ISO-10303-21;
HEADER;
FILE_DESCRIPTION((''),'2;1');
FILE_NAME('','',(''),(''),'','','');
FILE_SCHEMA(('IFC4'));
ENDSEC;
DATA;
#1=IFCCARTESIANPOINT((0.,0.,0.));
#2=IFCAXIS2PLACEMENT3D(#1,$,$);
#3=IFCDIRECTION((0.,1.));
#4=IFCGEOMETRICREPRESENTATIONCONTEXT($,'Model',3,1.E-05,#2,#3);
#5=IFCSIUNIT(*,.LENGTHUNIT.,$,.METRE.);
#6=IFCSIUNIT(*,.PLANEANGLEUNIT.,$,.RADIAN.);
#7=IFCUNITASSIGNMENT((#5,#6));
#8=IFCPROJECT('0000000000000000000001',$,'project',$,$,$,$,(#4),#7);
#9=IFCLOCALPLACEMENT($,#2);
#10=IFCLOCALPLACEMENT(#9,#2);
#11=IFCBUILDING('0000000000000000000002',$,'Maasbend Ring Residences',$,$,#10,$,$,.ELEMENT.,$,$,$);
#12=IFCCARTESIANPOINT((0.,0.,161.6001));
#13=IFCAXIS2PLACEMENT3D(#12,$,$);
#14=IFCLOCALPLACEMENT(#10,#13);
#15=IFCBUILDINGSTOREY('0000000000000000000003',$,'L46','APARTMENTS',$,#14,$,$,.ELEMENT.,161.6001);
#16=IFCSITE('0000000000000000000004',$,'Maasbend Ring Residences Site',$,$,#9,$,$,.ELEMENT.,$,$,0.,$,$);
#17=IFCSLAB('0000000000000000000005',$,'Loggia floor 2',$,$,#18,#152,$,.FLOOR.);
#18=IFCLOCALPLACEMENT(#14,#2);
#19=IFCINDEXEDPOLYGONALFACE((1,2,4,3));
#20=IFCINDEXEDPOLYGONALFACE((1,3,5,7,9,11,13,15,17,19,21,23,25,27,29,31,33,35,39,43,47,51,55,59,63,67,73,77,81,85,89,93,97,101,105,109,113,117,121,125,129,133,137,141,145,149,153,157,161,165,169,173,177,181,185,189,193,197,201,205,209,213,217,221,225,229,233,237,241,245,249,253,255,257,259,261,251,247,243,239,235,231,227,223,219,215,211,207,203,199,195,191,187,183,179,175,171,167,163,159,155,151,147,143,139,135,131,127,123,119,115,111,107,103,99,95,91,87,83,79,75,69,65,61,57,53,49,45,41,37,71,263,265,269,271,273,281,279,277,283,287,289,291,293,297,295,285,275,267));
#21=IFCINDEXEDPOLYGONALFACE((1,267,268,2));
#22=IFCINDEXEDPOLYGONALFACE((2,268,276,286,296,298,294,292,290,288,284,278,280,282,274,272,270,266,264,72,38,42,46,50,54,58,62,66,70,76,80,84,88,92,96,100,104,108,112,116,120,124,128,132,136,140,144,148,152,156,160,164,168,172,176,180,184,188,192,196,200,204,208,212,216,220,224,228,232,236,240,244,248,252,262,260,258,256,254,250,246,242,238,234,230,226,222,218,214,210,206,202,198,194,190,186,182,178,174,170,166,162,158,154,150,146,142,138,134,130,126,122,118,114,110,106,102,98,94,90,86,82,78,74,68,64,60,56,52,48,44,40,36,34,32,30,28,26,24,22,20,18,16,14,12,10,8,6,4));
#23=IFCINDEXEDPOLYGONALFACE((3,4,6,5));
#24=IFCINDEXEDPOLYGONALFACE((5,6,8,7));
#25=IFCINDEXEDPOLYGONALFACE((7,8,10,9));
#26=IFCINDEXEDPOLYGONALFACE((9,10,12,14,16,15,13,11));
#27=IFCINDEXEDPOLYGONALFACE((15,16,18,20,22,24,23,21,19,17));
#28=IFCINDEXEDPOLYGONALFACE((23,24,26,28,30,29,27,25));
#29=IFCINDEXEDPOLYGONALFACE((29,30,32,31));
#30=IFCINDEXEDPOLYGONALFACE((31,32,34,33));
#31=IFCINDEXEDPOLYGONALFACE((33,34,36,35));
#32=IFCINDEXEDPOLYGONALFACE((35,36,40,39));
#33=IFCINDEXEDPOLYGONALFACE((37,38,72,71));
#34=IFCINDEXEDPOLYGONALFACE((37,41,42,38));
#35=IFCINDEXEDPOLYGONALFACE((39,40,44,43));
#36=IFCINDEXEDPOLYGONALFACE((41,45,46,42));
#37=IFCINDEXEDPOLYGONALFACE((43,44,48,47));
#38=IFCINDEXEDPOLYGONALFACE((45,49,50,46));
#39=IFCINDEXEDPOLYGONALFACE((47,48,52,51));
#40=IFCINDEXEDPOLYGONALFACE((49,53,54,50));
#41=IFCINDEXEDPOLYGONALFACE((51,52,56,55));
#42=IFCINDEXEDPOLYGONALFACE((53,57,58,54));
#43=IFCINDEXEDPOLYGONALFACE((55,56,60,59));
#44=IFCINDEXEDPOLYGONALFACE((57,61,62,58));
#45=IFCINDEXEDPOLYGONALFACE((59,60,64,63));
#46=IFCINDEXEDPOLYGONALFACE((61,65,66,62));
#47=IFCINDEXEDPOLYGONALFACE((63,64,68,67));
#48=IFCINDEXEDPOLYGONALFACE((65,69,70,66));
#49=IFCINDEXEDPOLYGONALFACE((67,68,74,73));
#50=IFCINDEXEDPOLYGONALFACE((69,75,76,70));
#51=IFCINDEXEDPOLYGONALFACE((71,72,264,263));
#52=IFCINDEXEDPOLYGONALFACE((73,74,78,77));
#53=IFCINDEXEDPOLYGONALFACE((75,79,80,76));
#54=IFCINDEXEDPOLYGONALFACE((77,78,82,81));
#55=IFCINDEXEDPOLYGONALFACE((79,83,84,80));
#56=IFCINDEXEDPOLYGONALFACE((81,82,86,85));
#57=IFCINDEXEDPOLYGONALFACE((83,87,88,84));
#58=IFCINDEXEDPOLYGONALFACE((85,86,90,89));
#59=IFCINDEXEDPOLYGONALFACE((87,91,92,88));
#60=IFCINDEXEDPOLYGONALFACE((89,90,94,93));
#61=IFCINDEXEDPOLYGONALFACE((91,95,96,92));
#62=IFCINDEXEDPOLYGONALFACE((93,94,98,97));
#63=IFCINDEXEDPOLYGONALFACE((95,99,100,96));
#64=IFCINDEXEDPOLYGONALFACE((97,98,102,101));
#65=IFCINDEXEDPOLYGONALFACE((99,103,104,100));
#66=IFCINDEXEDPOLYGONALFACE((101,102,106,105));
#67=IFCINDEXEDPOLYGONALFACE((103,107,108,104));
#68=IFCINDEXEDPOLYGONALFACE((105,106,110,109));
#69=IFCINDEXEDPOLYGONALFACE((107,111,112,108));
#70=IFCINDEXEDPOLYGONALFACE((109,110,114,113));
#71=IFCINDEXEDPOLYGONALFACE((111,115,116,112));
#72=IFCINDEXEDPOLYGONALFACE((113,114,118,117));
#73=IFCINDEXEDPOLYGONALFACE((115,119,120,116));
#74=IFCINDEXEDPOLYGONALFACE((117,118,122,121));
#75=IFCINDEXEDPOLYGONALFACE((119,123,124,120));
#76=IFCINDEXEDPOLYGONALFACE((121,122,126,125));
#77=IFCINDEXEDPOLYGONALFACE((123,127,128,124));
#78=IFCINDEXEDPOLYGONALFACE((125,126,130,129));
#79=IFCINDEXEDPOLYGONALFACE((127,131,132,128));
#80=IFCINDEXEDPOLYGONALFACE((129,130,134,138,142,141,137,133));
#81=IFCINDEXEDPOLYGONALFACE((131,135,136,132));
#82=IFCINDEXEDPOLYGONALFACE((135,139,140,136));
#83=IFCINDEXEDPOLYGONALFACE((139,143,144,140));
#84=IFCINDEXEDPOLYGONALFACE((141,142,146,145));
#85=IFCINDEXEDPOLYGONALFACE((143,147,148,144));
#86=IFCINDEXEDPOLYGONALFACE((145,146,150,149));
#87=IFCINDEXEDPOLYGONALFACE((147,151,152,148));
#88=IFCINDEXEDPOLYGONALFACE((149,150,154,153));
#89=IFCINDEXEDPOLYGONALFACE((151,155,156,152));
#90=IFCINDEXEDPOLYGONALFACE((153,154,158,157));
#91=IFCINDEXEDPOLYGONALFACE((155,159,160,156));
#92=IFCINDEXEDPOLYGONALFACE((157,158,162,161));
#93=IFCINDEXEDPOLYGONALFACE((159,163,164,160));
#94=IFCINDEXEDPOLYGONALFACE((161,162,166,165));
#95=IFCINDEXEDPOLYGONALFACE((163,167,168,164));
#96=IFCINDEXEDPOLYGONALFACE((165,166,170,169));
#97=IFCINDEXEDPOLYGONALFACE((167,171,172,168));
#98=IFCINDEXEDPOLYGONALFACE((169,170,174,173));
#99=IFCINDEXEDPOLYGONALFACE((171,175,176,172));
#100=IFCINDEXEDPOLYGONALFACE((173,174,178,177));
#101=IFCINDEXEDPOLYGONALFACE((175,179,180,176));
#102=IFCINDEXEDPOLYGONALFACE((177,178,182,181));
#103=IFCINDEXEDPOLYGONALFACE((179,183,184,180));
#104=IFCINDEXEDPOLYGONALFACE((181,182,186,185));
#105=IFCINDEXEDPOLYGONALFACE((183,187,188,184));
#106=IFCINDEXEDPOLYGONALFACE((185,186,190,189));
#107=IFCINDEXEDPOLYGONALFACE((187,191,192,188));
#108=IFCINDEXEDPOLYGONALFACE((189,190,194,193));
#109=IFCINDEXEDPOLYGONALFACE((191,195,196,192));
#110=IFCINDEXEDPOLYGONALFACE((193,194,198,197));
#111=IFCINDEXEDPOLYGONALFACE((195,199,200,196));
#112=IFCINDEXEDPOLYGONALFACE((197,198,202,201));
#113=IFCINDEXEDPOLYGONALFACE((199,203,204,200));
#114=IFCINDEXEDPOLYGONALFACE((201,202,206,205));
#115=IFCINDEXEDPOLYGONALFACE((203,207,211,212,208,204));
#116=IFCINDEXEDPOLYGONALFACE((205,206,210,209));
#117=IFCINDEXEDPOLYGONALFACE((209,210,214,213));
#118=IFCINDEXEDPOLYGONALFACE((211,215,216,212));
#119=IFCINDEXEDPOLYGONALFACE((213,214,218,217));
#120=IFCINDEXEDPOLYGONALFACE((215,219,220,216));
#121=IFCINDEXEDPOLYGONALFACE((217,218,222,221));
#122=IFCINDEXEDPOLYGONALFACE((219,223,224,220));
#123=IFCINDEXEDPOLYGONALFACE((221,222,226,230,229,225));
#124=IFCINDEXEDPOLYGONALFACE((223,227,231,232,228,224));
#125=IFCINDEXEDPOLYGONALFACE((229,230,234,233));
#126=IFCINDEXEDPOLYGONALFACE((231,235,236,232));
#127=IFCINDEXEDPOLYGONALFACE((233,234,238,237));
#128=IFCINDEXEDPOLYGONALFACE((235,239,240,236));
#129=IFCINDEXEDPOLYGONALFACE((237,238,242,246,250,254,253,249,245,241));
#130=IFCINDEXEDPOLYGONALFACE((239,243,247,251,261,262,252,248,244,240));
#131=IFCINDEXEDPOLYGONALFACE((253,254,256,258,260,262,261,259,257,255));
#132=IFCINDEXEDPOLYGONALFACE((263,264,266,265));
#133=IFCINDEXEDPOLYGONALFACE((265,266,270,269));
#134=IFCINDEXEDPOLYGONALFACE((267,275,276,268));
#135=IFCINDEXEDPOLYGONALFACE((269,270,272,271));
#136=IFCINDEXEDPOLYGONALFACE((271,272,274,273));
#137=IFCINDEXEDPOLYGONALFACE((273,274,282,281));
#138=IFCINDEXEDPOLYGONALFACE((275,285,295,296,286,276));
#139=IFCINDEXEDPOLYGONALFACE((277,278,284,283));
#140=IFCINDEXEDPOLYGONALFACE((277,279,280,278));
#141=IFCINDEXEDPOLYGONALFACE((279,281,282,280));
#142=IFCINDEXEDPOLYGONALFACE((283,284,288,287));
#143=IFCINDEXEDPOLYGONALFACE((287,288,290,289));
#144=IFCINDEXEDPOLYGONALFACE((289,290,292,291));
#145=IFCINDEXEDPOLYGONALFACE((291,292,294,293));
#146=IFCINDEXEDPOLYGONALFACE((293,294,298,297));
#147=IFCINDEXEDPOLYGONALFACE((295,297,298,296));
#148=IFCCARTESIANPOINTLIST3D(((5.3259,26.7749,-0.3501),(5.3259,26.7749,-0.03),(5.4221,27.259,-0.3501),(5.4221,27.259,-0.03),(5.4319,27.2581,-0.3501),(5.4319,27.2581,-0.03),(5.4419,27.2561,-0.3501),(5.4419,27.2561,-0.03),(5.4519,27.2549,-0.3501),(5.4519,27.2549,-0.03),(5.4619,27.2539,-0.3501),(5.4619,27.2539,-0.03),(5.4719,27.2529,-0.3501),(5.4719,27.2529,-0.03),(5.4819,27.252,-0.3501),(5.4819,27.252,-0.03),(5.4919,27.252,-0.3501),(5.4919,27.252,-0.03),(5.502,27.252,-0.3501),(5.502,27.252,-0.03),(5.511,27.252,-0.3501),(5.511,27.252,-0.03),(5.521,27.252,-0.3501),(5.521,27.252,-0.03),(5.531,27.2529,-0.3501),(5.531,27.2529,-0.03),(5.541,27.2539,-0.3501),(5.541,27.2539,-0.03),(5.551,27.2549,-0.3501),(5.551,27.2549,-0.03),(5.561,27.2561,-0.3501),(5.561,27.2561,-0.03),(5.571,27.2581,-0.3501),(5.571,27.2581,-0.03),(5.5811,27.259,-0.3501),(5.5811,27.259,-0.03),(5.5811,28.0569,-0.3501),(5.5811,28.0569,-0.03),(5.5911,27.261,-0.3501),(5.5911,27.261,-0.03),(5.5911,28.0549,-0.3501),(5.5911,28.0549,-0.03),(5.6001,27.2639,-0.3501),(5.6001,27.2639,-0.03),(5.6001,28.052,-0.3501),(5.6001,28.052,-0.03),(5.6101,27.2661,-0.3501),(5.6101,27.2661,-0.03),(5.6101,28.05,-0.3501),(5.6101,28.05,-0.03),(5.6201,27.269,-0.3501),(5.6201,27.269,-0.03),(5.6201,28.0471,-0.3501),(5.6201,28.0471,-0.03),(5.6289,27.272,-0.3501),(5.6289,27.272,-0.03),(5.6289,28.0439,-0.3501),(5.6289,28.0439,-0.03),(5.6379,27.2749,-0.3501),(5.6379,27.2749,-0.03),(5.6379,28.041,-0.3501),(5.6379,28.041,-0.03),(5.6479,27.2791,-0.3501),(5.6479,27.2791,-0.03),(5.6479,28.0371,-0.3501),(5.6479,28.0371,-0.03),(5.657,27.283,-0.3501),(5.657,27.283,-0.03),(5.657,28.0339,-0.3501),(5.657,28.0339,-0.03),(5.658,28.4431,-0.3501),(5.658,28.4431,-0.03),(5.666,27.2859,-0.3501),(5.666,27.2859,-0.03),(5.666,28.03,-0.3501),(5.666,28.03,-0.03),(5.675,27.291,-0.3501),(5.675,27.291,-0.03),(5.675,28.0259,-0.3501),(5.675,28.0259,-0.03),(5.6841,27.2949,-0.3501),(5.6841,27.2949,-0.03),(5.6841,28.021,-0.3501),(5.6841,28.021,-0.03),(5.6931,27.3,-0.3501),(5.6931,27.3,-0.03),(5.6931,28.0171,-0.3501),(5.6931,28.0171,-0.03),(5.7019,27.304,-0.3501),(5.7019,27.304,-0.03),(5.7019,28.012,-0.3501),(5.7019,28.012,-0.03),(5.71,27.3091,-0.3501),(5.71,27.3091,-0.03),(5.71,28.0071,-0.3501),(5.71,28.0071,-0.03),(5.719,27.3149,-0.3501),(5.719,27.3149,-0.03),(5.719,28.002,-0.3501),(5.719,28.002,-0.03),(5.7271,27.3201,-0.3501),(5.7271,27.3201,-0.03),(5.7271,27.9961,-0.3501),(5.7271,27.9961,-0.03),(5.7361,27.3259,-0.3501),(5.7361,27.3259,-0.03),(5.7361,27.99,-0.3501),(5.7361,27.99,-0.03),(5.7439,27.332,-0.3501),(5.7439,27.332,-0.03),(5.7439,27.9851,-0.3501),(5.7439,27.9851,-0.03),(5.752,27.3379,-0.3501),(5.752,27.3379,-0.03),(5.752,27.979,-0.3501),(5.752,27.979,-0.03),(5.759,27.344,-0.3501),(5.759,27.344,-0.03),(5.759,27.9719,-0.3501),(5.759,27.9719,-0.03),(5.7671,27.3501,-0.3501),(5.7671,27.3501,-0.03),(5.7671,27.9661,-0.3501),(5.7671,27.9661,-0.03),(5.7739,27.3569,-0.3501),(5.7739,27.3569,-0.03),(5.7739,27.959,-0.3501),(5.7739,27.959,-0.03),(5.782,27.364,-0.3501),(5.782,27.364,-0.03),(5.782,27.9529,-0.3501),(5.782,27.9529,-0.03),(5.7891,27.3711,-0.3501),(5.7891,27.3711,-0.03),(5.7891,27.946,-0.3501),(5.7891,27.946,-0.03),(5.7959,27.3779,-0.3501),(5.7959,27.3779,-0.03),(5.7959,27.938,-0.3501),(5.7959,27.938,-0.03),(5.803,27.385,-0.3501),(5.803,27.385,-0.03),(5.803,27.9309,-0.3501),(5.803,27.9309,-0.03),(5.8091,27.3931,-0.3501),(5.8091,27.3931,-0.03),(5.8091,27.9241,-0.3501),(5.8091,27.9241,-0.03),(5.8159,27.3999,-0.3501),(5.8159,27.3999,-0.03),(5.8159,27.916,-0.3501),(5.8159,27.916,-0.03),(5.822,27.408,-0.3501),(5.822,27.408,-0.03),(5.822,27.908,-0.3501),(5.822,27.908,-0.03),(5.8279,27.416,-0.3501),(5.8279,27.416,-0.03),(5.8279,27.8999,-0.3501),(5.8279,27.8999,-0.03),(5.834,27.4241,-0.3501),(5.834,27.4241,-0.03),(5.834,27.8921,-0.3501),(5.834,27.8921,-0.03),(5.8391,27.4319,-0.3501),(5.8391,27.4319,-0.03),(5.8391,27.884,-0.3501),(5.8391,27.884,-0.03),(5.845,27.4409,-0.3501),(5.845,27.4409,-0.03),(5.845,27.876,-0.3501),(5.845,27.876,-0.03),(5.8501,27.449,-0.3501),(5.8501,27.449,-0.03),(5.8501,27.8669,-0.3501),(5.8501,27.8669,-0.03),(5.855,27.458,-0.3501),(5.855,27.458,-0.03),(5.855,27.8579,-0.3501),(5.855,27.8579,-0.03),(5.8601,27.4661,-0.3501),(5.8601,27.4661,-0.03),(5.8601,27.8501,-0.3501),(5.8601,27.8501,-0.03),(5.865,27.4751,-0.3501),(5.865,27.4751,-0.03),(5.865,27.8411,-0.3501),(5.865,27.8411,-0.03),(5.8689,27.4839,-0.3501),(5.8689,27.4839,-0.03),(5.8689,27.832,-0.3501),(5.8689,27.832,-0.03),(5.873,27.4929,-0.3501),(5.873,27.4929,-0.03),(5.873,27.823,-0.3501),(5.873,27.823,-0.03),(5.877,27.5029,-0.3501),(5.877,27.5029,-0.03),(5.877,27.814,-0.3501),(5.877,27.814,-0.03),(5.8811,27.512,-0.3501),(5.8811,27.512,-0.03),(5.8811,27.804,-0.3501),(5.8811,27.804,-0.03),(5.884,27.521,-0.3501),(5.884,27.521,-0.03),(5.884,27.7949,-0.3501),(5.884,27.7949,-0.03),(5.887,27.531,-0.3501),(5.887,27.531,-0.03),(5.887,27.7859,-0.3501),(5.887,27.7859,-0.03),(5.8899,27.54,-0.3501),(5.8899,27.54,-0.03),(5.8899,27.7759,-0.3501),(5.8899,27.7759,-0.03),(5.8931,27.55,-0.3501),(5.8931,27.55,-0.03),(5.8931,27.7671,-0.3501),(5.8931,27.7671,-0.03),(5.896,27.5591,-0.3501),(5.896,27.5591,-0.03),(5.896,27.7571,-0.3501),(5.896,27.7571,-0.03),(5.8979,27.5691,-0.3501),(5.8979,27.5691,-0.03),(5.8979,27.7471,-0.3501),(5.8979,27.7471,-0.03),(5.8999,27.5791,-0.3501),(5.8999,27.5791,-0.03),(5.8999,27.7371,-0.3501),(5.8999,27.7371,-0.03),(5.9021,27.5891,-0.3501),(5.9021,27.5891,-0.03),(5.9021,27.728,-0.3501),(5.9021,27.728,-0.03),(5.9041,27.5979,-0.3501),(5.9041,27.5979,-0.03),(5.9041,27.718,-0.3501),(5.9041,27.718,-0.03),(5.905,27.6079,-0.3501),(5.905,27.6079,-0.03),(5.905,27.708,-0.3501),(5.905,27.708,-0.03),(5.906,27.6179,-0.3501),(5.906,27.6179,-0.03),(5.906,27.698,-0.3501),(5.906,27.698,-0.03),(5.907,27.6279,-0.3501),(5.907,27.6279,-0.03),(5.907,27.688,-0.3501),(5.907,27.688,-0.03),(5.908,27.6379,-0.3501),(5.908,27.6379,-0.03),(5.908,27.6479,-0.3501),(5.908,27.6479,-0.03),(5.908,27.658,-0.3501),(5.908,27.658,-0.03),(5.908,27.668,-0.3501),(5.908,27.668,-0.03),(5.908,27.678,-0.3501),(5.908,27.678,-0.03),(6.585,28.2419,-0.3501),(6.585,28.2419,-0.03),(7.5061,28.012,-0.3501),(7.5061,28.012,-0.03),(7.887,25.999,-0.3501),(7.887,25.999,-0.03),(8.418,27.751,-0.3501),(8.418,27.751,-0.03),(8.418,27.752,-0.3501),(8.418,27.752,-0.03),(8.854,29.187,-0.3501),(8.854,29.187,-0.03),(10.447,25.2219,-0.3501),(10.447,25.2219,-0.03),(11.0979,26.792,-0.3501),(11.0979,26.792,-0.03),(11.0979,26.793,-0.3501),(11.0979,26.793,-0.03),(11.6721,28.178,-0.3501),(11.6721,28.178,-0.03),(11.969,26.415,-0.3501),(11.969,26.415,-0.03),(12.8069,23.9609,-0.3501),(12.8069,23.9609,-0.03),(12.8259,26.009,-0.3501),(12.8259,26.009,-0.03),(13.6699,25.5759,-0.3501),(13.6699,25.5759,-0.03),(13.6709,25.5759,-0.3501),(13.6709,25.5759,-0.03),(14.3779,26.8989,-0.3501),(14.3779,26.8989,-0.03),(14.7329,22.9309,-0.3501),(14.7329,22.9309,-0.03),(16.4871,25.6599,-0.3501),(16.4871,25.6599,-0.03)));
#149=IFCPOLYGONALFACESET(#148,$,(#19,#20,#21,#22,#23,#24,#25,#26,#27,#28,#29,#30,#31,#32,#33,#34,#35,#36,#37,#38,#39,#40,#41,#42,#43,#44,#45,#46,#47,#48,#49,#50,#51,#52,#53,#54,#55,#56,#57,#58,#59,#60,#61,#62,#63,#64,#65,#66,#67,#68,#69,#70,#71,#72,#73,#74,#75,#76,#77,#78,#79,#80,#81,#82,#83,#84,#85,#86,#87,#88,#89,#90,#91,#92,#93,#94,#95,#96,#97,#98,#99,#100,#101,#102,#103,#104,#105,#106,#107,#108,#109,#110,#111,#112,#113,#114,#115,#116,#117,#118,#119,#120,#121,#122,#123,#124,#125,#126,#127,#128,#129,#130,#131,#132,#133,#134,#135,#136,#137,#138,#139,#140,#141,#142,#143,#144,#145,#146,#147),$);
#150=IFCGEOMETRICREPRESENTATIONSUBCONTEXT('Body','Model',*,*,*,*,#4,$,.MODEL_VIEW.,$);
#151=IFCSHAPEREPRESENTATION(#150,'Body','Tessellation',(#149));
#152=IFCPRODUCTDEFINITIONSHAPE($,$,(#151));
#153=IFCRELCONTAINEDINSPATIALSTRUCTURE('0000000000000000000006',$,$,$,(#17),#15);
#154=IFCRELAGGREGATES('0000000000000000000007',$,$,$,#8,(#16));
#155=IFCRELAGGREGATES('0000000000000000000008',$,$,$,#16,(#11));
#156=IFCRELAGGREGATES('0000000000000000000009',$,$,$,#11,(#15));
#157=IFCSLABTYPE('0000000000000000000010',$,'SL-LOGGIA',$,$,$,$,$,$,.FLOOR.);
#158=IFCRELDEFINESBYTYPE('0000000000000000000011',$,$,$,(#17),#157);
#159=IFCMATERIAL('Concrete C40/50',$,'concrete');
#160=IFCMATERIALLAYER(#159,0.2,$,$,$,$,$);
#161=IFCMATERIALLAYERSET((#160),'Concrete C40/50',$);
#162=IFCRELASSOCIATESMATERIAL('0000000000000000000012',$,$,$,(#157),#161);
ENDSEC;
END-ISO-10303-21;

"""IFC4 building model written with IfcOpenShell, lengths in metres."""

from ifc_helpers import new_model, si_unit, direction, frame, origin, place, context, subcontext, project, spatial, polyline, outline, extrude, material, layer, layer_set, type_object, element, save


model = new_model("IFC4")

# Units and contexts
model_context = context("Model", 3, precision=1e-05, world=origin(), true_north=direction((0.0, 1.0)))
body_context = subcontext(model_context, "Body", "Model", "MODEL_VIEW")
ifc_project = project(units=[si_unit("LENGTHUNIT", "METRE"), si_unit("PLANEANGLEUNIT", "RADIAN")], contexts=[model_context])

# Site, building, storey
site_placement = place(None, origin())
site = spatial("IfcSite", under=ifc_project, at=site_placement, Name="Maasbend Ring Residences Site", CompositionType="ELEMENT", RefElevation=0.0)
building_placement = place(site_placement, origin())
building = spatial("IfcBuilding", under=site, at=building_placement, Name="Maasbend Ring Residences", CompositionType="ELEMENT")
storey_placement = place(building_placement, frame((0.0, 0.0, 161.6001)))
storey = spatial("IfcBuildingStorey", under=building, at=storey_placement, Name="L46", Description="APARTMENTS", CompositionType="ELEMENT", Elevation=161.6001)

# Slab
ifc_material_1 = material(Name="Concrete C40/50", Category="concrete")
ifc_layer_1 = layer(ifc_material_1, 0.2)
ifc_layer_set_1 = layer_set([ifc_layer_1], Name="Concrete C40/50")
slab_type_1 = type_object("IfcSlabType", Name="SL-LOGGIA", PredefinedType="FLOOR", material=ifc_layer_set_1)
slab_1_placement = place(storey_placement, frame((0.0, 0.0, -0.3501)))
element("IfcSlab", 1, at=slab_1_placement, inside=storey, type_object=slab_type_1, Name="Loggia floor 2", PredefinedType="FLOOR", context=body_context, shape_type="SweptSolid", body=[
    extrude(outline(polyline([(5.4519, 27.2549), (5.4619, 27.2539), (5.4719, 27.2529), (5.4819, 27.252), (5.4919, 27.252), (5.502, 27.252), (5.511, 27.252), (5.521, 27.252), (5.531, 27.2529), (5.541, 27.2539), (5.551, 27.2549), (5.561, 27.2561), (5.571, 27.2581), (5.5811, 27.259), (5.5911, 27.261), (5.6001, 27.2639), (5.6101, 27.2661), (5.6201, 27.269), (5.6289, 27.272), (5.6379, 27.2749), (5.6479, 27.2791), (5.657, 27.283), (5.666, 27.2859), (5.675, 27.291), (5.6841, 27.2949), (5.6931, 27.3), (5.7019, 27.304), (5.71, 27.3091), (5.719, 27.3149), (5.7271, 27.3201), (5.7361, 27.3259), (5.7439, 27.332), (5.752, 27.3379), (5.759, 27.344), (5.7671, 27.3501), (5.7739, 27.3569), (5.782, 27.364), (5.7891, 27.3711), (5.7959, 27.3779), (5.803, 27.385), (5.8091, 27.3931), (5.8159, 27.3999), (5.822, 27.408), (5.8279, 27.416), (5.834, 27.4241), (5.8391, 27.4319), (5.845, 27.4409), (5.8501, 27.449), (5.855, 27.458), (5.8601, 27.4661), (5.865, 27.4751), (5.8689, 27.4839), (5.873, 27.4929), (5.877, 27.5029), (5.8811, 27.512), (5.884, 27.521), (5.887, 27.531), (5.8899, 27.54), (5.8931, 27.55), (5.896, 27.5591), (5.8979, 27.5691), (5.8999, 27.5791), (5.9021, 27.5891), (5.9041, 27.5979), (5.905, 27.6079), (5.906, 27.6179), (5.907, 27.6279), (5.908, 27.6379), (5.908, 27.6479), (5.908, 27.658), (5.908, 27.668), (5.908, 27.678), (5.907, 27.688), (5.906, 27.698), (5.905, 27.708), (5.9041, 27.718), (5.9021, 27.728), (5.8999, 27.7371), (5.8979, 27.7471), (5.896, 27.7571), (5.8931, 27.7671), (5.8899, 27.7759), (5.887, 27.7859), (5.884, 27.7949), (5.8811, 27.804), (5.877, 27.814), (5.873, 27.823), (5.8689, 27.832), (5.865, 27.8411), (5.8601, 27.8501), (5.855, 27.8579), (5.8501, 27.8669), (5.845, 27.876), (5.8391, 27.884), (5.834, 27.8921), (5.8279, 27.8999), (5.822, 27.908), (5.8159, 27.916), (5.8091, 27.9241), (5.803, 27.9309), (5.7959, 27.938), (5.7891, 27.946), (5.782, 27.9529), (5.7739, 27.959), (5.7671, 27.9661), (5.759, 27.9719), (5.752, 27.979), (5.7439, 27.9851), (5.7361, 27.99), (5.7271, 27.9961), (5.719, 28.002), (5.71, 28.0071), (5.7019, 28.012), (5.6931, 28.0171), (5.6841, 28.021), (5.675, 28.0259), (5.666, 28.03), (5.657, 28.0339), (5.6479, 28.0371), (5.6379, 28.041), (5.6289, 28.0439), (5.6201, 28.0471), (5.6101, 28.05), (5.6001, 28.052), (5.5911, 28.0549), (5.5811, 28.0569), (5.658, 28.4431), (5.658, 28.4431), (5.658, 28.4431), (6.585, 28.2419), (6.585, 28.2419), (7.5061, 28.012), (7.5061, 28.012), (8.418, 27.751), (8.418, 27.751), (8.418, 27.751), (8.418, 27.751), (8.418, 27.751), (8.418, 27.751), (8.418, 27.751), (8.418, 27.751), (8.418, 27.751), (8.418, 27.751), (8.418, 27.752), (8.418, 27.752), (8.418, 27.752), (8.418, 27.752), (8.418, 27.752), (8.418, 27.752), (8.418, 27.752), (8.854, 29.187), (8.854, 29.187), (8.854, 29.187), (11.6721, 28.178), (11.6721, 28.178), (11.6721, 28.178), (11.0979, 26.793), (11.0979, 26.793), (11.0979, 26.793), (11.0979, 26.793), (11.0979, 26.793), (11.0979, 26.793), (11.0979, 26.793), (11.0979, 26.793), (11.0979, 26.793), (11.0979, 26.793), (11.0979, 26.792), (11.0979, 26.792), (11.0979, 26.792), (11.0979, 26.792), (11.0979, 26.792), (11.0979, 26.792), (11.0979, 26.792), (11.969, 26.415), (11.969, 26.415), (12.8259, 26.009), (12.8259, 26.009), (13.6699, 25.5759), (13.6699, 25.5759), (13.6699, 25.5759), (13.6699, 25.5759), (13.6699, 25.5759), (13.6699, 25.5759), (13.6699, 25.5759), (13.6699, 25.5759), (13.6699, 25.5759), (13.6699, 25.5759), (13.6709, 25.5759), (13.6709, 25.5759), (13.6709, 25.5759), (13.6709, 25.5759), (13.6709, 25.5759), (13.6709, 25.5759), (13.6709, 25.5759), (14.3779, 26.8989), (14.3779, 26.8989), (14.3779, 26.8989), (16.4871, 25.6599), (16.4871, 25.6599), (16.4871, 25.6599), (14.7329, 22.9309), (14.7329, 22.9309), (14.7329, 22.9309), (12.8069, 23.9609), (10.447, 25.2219), (10.447, 25.2219), (10.447, 25.2219), (7.887, 25.999), (5.3259, 26.7749), (5.3259, 26.7749), (5.3259, 26.7749), (5.4221, 27.259), (5.4319, 27.2581), (5.4419, 27.2561), (5.4519, 27.2549)])), origin(), (0.0, 0.0, 1.0), 0.3201),
])

save(model, "model.ifc")
